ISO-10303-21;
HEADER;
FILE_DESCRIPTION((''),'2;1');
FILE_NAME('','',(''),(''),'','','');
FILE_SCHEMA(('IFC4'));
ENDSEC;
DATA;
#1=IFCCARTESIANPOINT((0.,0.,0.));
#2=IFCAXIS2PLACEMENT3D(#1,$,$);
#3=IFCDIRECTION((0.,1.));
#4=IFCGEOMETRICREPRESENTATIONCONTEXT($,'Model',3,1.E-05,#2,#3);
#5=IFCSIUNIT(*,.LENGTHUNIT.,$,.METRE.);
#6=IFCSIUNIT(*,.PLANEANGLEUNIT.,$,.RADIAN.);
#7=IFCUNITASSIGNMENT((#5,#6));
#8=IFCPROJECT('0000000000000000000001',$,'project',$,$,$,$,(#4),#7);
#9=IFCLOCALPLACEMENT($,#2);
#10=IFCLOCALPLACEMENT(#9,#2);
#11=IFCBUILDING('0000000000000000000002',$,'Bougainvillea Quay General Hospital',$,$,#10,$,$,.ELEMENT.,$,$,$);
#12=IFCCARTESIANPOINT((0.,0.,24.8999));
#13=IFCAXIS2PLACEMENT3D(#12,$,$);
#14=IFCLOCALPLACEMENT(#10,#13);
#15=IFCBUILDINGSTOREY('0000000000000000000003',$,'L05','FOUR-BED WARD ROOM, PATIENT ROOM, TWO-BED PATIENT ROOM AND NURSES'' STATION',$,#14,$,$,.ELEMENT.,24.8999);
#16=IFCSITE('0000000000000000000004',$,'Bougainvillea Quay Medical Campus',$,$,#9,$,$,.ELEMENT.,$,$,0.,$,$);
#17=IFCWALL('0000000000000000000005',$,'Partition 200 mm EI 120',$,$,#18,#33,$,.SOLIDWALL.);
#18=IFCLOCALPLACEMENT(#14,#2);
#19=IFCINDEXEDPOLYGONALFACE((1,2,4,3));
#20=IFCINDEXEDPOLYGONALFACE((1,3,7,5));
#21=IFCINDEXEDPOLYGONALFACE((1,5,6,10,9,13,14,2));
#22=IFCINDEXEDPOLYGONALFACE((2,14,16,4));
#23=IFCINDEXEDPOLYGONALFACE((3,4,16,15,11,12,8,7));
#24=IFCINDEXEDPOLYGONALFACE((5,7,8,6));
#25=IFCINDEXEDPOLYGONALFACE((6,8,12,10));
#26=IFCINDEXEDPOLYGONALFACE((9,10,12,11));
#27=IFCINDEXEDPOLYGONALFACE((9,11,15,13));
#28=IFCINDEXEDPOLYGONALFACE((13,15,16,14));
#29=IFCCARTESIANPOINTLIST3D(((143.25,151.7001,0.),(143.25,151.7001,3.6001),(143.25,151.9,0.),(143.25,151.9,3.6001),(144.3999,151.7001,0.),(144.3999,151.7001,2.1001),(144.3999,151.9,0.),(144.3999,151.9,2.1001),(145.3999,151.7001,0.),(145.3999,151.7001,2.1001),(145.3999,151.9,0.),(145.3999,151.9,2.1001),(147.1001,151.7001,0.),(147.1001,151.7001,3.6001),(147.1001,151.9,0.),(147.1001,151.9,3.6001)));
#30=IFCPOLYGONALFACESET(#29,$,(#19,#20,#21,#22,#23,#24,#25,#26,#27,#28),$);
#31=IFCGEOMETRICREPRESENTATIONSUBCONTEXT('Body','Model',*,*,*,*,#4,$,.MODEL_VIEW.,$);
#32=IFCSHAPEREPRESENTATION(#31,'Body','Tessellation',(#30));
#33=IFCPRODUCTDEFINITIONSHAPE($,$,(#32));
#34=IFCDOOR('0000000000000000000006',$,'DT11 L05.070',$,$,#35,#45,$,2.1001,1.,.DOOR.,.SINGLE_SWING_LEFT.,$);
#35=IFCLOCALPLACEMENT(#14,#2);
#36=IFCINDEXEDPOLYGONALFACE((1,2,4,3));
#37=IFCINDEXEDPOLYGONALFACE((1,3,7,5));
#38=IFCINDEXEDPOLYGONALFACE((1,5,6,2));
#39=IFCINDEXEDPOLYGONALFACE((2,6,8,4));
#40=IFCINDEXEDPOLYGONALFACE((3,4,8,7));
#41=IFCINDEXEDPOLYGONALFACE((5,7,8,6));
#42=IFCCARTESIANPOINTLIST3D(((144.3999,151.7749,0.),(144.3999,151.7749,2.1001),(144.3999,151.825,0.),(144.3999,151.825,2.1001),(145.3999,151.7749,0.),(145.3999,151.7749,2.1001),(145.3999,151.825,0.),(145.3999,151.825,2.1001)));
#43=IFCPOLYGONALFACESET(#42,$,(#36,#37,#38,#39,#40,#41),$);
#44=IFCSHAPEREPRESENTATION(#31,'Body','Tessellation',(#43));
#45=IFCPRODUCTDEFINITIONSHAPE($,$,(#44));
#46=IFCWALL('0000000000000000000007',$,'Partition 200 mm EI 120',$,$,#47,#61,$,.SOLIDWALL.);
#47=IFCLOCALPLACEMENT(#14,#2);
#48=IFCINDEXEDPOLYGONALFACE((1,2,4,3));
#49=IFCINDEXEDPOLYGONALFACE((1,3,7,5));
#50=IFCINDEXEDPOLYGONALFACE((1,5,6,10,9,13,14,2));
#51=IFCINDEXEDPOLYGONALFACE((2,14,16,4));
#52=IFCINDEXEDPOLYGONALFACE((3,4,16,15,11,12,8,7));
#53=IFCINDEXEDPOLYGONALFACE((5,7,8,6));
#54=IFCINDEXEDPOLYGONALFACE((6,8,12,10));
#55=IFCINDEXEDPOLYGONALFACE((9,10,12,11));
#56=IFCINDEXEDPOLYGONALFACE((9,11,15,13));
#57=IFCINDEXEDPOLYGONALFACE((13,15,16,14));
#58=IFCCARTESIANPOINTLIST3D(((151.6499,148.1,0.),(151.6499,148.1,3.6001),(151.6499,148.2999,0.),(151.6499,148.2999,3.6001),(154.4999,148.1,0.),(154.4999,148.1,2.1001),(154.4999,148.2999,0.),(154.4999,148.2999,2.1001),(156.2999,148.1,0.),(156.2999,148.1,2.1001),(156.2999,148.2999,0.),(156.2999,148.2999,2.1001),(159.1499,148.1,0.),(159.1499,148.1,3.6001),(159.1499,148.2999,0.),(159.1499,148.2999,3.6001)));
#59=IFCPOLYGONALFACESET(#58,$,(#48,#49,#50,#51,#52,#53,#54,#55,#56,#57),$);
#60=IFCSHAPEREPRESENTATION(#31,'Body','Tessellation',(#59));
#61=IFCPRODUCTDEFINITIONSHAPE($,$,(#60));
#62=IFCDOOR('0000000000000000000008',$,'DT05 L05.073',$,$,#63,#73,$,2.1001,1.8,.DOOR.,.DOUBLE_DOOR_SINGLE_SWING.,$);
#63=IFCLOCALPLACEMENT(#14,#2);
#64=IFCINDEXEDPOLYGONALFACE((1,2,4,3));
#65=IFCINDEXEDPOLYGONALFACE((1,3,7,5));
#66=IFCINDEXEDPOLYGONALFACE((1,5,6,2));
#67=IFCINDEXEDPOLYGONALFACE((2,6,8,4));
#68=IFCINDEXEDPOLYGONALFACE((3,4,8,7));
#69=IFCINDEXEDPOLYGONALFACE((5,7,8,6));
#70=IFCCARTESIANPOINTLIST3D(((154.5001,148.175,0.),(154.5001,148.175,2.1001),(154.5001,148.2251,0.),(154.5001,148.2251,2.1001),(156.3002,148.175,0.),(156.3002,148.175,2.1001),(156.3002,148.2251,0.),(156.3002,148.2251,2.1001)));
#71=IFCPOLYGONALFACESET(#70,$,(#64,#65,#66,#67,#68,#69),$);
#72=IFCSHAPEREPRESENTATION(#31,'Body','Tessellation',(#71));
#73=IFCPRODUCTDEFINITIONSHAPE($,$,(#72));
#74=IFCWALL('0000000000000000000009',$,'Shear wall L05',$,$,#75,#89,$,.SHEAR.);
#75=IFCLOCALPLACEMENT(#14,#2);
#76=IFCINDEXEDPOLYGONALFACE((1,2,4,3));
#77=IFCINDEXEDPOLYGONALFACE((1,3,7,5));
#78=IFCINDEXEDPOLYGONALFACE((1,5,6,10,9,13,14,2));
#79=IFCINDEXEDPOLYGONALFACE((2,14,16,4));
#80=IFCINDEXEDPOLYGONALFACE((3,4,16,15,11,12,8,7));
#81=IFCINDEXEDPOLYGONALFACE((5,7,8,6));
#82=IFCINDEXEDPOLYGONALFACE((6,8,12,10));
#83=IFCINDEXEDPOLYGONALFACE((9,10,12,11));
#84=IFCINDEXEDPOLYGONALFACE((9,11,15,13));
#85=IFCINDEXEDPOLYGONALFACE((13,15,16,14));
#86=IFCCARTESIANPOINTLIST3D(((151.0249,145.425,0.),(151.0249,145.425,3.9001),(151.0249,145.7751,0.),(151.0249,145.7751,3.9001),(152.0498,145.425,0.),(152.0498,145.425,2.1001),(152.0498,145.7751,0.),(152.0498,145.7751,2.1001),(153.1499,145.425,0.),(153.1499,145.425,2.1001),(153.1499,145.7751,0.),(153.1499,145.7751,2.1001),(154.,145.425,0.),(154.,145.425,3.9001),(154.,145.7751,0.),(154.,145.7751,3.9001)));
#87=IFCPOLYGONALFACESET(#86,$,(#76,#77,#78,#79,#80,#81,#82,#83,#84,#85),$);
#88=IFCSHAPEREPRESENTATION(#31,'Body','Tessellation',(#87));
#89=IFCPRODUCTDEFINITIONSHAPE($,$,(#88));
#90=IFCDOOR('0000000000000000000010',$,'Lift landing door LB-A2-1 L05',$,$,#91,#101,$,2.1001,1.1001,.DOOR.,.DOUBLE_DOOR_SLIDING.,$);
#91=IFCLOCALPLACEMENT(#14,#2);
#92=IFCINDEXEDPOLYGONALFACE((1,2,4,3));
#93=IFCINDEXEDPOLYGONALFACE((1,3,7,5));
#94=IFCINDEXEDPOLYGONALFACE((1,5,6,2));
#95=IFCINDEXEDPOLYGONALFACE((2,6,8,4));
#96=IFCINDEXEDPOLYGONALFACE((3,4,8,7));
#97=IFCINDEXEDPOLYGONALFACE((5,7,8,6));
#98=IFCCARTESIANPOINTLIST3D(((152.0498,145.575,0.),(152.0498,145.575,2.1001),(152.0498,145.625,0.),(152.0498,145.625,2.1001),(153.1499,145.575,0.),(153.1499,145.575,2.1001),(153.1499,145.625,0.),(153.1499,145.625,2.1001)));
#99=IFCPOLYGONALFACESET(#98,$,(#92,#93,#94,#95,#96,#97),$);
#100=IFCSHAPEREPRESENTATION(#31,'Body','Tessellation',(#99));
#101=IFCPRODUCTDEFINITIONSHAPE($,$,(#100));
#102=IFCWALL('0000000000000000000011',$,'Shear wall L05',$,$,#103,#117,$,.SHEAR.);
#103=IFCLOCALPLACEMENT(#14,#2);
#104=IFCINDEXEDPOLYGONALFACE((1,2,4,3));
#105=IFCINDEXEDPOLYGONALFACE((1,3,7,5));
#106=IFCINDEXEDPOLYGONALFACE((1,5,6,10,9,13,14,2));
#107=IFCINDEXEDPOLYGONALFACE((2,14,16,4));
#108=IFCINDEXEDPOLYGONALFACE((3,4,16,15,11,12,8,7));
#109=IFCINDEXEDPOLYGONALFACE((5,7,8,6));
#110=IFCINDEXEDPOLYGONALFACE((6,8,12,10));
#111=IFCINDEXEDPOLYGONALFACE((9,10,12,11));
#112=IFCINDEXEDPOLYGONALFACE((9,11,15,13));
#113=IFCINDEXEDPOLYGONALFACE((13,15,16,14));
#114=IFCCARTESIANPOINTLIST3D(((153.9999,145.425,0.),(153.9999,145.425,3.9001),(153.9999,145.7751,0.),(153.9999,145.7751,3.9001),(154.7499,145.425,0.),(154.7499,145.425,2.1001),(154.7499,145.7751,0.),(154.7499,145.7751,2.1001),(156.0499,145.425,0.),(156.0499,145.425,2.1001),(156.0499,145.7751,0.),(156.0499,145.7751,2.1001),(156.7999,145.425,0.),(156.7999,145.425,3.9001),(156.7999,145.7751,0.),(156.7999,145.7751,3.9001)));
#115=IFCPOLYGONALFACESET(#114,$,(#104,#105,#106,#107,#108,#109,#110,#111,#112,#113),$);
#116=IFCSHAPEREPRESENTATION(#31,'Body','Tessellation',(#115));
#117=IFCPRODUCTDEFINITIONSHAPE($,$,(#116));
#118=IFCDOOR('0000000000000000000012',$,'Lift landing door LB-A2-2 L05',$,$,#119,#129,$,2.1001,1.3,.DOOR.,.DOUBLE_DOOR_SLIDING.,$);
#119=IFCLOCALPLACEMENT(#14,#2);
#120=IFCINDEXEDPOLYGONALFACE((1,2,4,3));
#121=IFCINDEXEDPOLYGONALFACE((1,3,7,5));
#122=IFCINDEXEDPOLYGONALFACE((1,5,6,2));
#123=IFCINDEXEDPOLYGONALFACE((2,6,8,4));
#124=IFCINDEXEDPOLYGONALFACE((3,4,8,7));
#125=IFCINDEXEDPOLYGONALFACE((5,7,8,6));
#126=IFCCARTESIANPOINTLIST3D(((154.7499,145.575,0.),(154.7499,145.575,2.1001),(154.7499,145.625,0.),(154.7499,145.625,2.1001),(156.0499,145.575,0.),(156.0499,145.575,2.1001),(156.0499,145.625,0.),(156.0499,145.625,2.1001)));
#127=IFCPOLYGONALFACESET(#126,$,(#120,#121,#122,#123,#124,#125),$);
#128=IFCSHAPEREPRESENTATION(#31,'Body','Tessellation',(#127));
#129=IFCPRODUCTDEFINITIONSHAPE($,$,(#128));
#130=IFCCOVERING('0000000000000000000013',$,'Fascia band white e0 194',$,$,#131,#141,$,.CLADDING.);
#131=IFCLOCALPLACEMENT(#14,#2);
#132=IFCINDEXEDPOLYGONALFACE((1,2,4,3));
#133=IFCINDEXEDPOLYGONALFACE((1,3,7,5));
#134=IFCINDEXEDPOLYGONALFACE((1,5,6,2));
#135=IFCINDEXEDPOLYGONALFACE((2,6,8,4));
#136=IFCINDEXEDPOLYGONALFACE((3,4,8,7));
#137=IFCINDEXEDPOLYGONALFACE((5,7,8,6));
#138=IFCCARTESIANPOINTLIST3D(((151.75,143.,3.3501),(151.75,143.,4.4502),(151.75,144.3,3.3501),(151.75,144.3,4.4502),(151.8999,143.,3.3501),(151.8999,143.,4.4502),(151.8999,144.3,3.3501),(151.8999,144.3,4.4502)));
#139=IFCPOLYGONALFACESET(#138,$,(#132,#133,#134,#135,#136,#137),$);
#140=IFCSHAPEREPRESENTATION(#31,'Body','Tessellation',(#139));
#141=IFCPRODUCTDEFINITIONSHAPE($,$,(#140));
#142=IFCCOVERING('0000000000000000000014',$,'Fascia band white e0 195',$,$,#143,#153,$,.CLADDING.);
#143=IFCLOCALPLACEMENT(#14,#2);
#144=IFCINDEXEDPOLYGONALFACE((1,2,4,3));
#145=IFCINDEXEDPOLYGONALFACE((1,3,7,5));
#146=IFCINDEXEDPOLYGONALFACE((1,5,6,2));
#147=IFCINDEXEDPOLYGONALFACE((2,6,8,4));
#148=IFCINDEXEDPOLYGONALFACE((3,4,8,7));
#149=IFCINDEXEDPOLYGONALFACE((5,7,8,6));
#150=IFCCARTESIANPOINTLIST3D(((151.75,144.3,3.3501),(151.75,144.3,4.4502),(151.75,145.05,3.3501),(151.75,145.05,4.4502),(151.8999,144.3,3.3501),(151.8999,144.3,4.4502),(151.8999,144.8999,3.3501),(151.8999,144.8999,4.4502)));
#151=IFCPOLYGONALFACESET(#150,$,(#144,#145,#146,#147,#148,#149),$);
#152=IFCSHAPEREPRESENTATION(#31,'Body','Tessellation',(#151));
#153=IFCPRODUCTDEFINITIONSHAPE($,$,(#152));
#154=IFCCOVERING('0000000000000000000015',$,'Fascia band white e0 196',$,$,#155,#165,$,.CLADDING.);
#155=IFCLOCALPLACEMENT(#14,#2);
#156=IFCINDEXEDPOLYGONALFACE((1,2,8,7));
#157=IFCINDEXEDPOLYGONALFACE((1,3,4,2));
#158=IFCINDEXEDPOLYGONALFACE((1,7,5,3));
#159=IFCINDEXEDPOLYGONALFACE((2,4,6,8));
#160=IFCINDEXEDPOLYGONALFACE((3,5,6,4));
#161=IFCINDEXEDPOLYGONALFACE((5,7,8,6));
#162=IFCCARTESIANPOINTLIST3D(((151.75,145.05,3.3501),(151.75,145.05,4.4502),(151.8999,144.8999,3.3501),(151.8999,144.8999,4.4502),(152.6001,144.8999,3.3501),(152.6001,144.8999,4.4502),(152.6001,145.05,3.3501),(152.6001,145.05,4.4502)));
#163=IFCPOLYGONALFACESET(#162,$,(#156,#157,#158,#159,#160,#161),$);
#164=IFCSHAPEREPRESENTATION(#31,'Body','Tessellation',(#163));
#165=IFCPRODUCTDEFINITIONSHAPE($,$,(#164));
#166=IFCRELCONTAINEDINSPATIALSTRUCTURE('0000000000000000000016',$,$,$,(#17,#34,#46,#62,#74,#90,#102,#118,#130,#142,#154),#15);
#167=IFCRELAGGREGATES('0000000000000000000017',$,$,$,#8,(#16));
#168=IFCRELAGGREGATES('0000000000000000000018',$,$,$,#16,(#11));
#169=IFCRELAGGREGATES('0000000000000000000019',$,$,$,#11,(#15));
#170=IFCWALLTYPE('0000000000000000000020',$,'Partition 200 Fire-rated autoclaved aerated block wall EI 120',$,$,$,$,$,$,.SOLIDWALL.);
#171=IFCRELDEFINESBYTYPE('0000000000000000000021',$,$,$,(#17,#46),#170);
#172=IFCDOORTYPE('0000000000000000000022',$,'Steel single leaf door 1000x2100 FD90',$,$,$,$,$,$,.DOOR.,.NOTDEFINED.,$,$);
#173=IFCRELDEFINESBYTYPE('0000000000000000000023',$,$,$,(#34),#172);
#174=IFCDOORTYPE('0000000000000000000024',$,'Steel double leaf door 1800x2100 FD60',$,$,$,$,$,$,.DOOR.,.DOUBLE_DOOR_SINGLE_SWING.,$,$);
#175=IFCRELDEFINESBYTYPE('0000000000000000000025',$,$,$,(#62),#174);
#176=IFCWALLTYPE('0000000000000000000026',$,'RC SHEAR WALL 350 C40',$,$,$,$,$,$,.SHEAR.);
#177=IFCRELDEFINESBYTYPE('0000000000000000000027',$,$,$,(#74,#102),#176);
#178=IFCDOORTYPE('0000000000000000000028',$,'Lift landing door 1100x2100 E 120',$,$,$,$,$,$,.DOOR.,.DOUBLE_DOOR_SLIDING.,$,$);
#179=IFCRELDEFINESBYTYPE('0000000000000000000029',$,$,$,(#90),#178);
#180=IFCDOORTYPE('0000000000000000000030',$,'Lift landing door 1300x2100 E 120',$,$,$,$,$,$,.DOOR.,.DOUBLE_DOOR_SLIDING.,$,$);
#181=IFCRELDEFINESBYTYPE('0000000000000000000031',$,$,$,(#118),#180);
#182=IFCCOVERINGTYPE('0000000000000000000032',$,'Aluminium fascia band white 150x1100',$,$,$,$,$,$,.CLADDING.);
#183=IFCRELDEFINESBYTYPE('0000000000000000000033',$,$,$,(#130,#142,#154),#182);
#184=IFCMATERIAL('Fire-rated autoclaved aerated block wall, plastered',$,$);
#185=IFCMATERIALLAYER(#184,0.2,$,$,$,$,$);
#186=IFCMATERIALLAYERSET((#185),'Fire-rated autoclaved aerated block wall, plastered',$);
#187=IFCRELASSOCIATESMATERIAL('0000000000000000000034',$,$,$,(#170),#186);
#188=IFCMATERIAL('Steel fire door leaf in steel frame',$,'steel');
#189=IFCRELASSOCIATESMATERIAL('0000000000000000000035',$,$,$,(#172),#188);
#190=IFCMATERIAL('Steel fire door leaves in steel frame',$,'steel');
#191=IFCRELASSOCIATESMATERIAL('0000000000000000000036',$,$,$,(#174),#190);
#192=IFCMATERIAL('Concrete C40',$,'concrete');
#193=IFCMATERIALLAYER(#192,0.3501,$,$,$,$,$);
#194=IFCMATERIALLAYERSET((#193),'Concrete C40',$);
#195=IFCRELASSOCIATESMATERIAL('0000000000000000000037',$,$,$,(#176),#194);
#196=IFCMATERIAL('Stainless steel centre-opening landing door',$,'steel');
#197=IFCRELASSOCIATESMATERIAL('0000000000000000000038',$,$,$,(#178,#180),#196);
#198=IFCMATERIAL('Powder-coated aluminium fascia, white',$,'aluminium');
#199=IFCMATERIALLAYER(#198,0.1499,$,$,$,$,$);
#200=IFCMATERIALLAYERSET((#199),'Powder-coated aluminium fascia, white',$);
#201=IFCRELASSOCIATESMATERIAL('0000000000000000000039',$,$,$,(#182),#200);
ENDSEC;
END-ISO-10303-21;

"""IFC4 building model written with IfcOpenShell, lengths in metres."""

from ifc_helpers import new_model, si_unit, direction, frame, frame_2d, origin, place, context, subcontext, project, spatial, polyline, rectangle, outline, extrude, material, layer, layer_set, type_object, element, fill, save


model = new_model("IFC4")

# Units and contexts
model_context = context("Model", 3, precision=1e-05, world=origin(), true_north=direction((0.0, 1.0)))
body_context = subcontext(model_context, "Body", "Model", "MODEL_VIEW")
ifc_project = project(units=[si_unit("LENGTHUNIT", "METRE"), si_unit("PLANEANGLEUNIT", "RADIAN")], contexts=[model_context])

# Site, building, storey
site_placement = place(None, origin())
site = spatial("IfcSite", under=ifc_project, at=site_placement, Name="Bougainvillea Quay Medical Campus", CompositionType="ELEMENT", RefElevation=0.0)
building_placement = place(site_placement, origin())
building = spatial("IfcBuilding", under=site, at=building_placement, Name="Bougainvillea Quay General Hospital", CompositionType="ELEMENT")
storey_placement = place(building_placement, frame((0.0, 0.0, 24.8999)))
storey = spatial("IfcBuildingStorey", under=building, at=storey_placement, Name="L05", Description="FOUR-BED WARD ROOM, PATIENT ROOM, TWO-BED PATIENT ROOM AND NURSES' STATION", CompositionType="ELEMENT", Elevation=24.8999)

# Shared definitions
ifc_material_1 = material(Name="Concrete C40", Category="concrete")

# Shared definitions
ifc_material_2 = material(Name="Fire-rated autoclaved aerated block wall, plastered")
ifc_layer_1 = layer(ifc_material_2, 0.2)
ifc_layer_set_1 = layer_set([ifc_layer_1], Name="Fire-rated autoclaved aerated block wall, plastered")
wall_type_1 = type_object("IfcWallType", Name="Partition 200 Fire-rated autoclaved aerated block wall EI 120", PredefinedType="SOLIDWALL", material=ifc_layer_set_1)
ifc_material_3 = material(Name="Steel fire door leaves in steel frame", Category="steel")

# Walls, openings, doors
wall_1_placement = place(storey_placement, frame((143.25, 151.8, 0.0), z_axis=(0.0, 0.0, 1.0), x_axis=(1.0, 0.0, 0.0)))
wall_1 = element("IfcWall", 1, at=wall_1_placement, inside=storey, type_object=wall_type_1, Name="Partition 200 mm EI 120", PredefinedType="SOLIDWALL", context=body_context, shape_type="SweptSolid", body=[
    extrude(rectangle(XDim=3.8501, YDim=0.2, at=frame_2d((1.925, 0.0))), origin(), (0.0, 0.0, 1.0), 3.6001),
])
opening_1_placement = place(wall_1_placement, frame((1.1499, 0.0, 0.0)))
opening_1 = element("IfcOpeningElement", 2, at=opening_1_placement, cuts=wall_1, PredefinedType="OPENING", context=body_context, shape_type="SweptSolid", body=[
    extrude(rectangle(XDim=1.0, YDim=2.1001, at=frame_2d((0.5, 1.05))), frame((0.0, 0.1099, 0.0), z_axis=(0.0, -1.0, 0.0), x_axis=(1.0, 0.0, 0.0)), (0.0, 0.0, 1.0), 0.22),
])
ifc_material_4 = material(Name="Steel fire door leaf in steel frame", Category="steel")
door_type_1 = type_object("IfcDoorType", Name="Steel single leaf door 1000x2100 FD90", OperationType="NOTDEFINED", PredefinedType="DOOR", material=ifc_material_4)
door_1_placement = place(opening_1_placement, origin())
door_1 = element("IfcDoor", 3, at=door_1_placement, inside=storey, type_object=door_type_1, Name="DT11 L05.070", OperationType="SINGLE_SWING_LEFT", OverallHeight=2.1001, OverallWidth=1.0, PredefinedType="DOOR", context=body_context, shape_type="SweptSolid", body=[
    extrude(rectangle(XDim=1.0, YDim=2.1001, at=frame_2d((0.5, 1.05))), frame((0.0, 0.0249, 0.0), z_axis=(0.0, -1.0, 0.0), x_axis=(1.0, 0.0, 0.0)), (0.0, 0.0, 1.0), 0.05),
])
fill(opening_1, door_1)
wall_2_placement = place(storey_placement, frame((151.6499, 148.2, 0.0), z_axis=(0.0, 0.0, 1.0), x_axis=(1.0, 0.0, 0.0)))
wall_2 = element("IfcWall", 4, at=wall_2_placement, inside=storey, type_object=wall_type_1, Name="Partition 200 mm EI 120", PredefinedType="SOLIDWALL", context=body_context, shape_type="SweptSolid", body=[
    extrude(rectangle(XDim=7.5, YDim=0.2, at=frame_2d((3.75, 0.0))), origin(), (0.0, 0.0, 1.0), 3.6001),
])
opening_2_placement = place(wall_2_placement, frame((2.8501, 0.0, 0.0)))
opening_2 = element("IfcOpeningElement", 5, at=opening_2_placement, cuts=wall_2, PredefinedType="OPENING", context=body_context, shape_type="SweptSolid", body=[
    extrude(rectangle(XDim=1.8, YDim=2.1001, at=frame_2d((0.8999, 1.05))), frame((0.0, 0.1099, 0.0), z_axis=(0.0, -1.0, 0.0), x_axis=(1.0, 0.0, 0.0)), (0.0, 0.0, 1.0), 0.22),
])
door_type_2 = type_object("IfcDoorType", Name="Steel double leaf door 1800x2100 FD60", OperationType="DOUBLE_DOOR_SINGLE_SWING", PredefinedType="DOOR", material=ifc_material_3)
door_2_placement = place(opening_2_placement, frame((1.8, 0.0, 0.0), z_axis=(0.0, 0.0, 1.0), x_axis=(-1.0, 0.0, 0.0)))
door_2 = element("IfcDoor", 6, at=door_2_placement, inside=storey, type_object=door_type_2, Name="DT05 L05.073", OperationType="DOUBLE_DOOR_SINGLE_SWING", OverallHeight=2.1001, OverallWidth=1.8, PredefinedType="DOOR", context=body_context, shape_type="SweptSolid", body=[
    extrude(rectangle(XDim=1.8, YDim=2.1001, at=frame_2d((0.8999, 1.05))), frame((0.0, 0.0249, 0.0), z_axis=(0.0, -1.0, 0.0), x_axis=(1.0, 0.0, 0.0)), (0.0, 0.0, 1.0), 0.05),
])
fill(opening_2, door_2)
ifc_layer_2 = layer(ifc_material_1, 0.3501)
ifc_layer_set_2 = layer_set([ifc_layer_2], Name="Concrete C40")
wall_type_2 = type_object("IfcWallType", Name="RC SHEAR WALL 350 C40", PredefinedType="SHEAR", material=ifc_layer_set_2)
wall_3_placement = place(storey_placement, frame((151.0249, 145.6001, 0.0), z_axis=(0.0, 0.0, 1.0), x_axis=(1.0, 0.0, 0.0)))
wall_3 = element("IfcWall", 7, at=wall_3_placement, inside=storey, type_object=wall_type_2, Name="Shear wall L05", PredefinedType="SHEAR", context=body_context, shape_type="SweptSolid", body=[
    extrude(rectangle(XDim=2.9751, YDim=0.3501, at=frame_2d((1.4875, 0.0))), origin(), (0.0, 0.0, 1.0), 3.9001),
])
opening_3_placement = place(wall_3_placement, frame((1.0249, 0.0, 0.0)))
opening_3 = element("IfcOpeningElement", 8, at=opening_3_placement, cuts=wall_3, PredefinedType="OPENING", context=body_context, shape_type="SweptSolid", body=[
    extrude(rectangle(XDim=1.1001, YDim=2.1001, at=frame_2d((0.55, 1.05))), frame((0.0, 0.1851, 0.0), z_axis=(0.0, -1.0, 0.0), x_axis=(1.0, 0.0, 0.0)), (0.0, 0.0, 1.0), 0.3701),
])
ifc_material_5 = material(Name="Stainless steel centre-opening landing door", Category="steel")
door_type_3 = type_object("IfcDoorType", Name="Lift landing door 1100x2100 E 120", OperationType="DOUBLE_DOOR_SLIDING", PredefinedType="DOOR", material=ifc_material_5)
door_3_placement = place(opening_3_placement, origin())
door_3 = element("IfcDoor", 9, at=door_3_placement, inside=storey, type_object=door_type_3, Name="Lift landing door LB-A2-1 L05", OperationType="DOUBLE_DOOR_SLIDING", OverallHeight=2.1001, OverallWidth=1.1001, PredefinedType="DOOR", context=body_context, shape_type="SweptSolid", body=[
    extrude(rectangle(XDim=1.1001, YDim=2.1001, at=frame_2d((0.55, 1.05))), frame((0.0, 0.0249, 0.0), z_axis=(0.0, -1.0, 0.0), x_axis=(1.0, 0.0, 0.0)), (0.0, 0.0, 1.0), 0.05),
])
fill(opening_3, door_3)
wall_4_placement = place(storey_placement, frame((154.0, 145.6001, 0.0), z_axis=(0.0, 0.0, 1.0), x_axis=(1.0, 0.0, 0.0)))
wall_4 = element("IfcWall", 10, at=wall_4_placement, inside=storey, type_object=wall_type_2, Name="Shear wall L05", PredefinedType="SHEAR", context=body_context, shape_type="SweptSolid", body=[
    extrude(rectangle(XDim=2.8, YDim=0.3501, at=frame_2d((1.3999, 0.0))), origin(), (0.0, 0.0, 1.0), 3.9001),
])
opening_4_placement = place(wall_4_placement, frame((0.75, 0.0, 0.0)))
opening_4 = element("IfcOpeningElement", 11, at=opening_4_placement, cuts=wall_4, PredefinedType="OPENING", context=body_context, shape_type="SweptSolid", body=[
    extrude(rectangle(XDim=1.3, YDim=2.1001, at=frame_2d((0.6499, 1.05))), frame((0.0, 0.1851, 0.0), z_axis=(0.0, -1.0, 0.0), x_axis=(1.0, 0.0, 0.0)), (0.0, 0.0, 1.0), 0.3701),
])
door_type_4 = type_object("IfcDoorType", Name="Lift landing door 1300x2100 E 120", OperationType="DOUBLE_DOOR_SLIDING", PredefinedType="DOOR", material=ifc_material_5)
door_4_placement = place(opening_4_placement, origin())
door_4 = element("IfcDoor", 12, at=door_4_placement, inside=storey, type_object=door_type_4, Name="Lift landing door LB-A2-2 L05", OperationType="DOUBLE_DOOR_SLIDING", OverallHeight=2.1001, OverallWidth=1.3, PredefinedType="DOOR", context=body_context, shape_type="SweptSolid", body=[
    extrude(rectangle(XDim=1.3, YDim=2.1001, at=frame_2d((0.6499, 1.05))), frame((0.0, 0.0249, 0.0), z_axis=(0.0, -1.0, 0.0), x_axis=(1.0, 0.0, 0.0)), (0.0, 0.0, 1.0), 0.05),
])
fill(opening_4, door_4)

# Coverings
ifc_material_6 = material(Name="Powder-coated aluminium fascia, white", Category="aluminium")
ifc_layer_3 = layer(ifc_material_6, 0.1499)
ifc_layer_set_3 = layer_set([ifc_layer_3], Name="Powder-coated aluminium fascia, white")
covering_type = type_object("IfcCoveringType", Name="Aluminium fascia band white 150x1100", PredefinedType="CLADDING", material=ifc_layer_set_3)
covering_1_placement = place(storey_placement, frame((151.75, 143.0, 3.3501), z_axis=(0.0, 0.0, 1.0), x_axis=(0.0, 1.0, 0.0)))
element("IfcCovering", 13, at=covering_1_placement, inside=storey, type_object=covering_type, Name="Fascia band white e0 194", PredefinedType="CLADDING", context=body_context, shape_type="SweptSolid", body=[
    extrude(outline(polyline([(0.0, 0.0), (1.3, 0.0), (1.3, -0.1499), (0.0, -0.1499), (0.0, 0.0)])), origin(), (0.0, 0.0, 1.0), 1.1001),
])
covering_2_placement = place(storey_placement, frame((151.75, 144.3, 3.3501), z_axis=(0.0, 0.0, 1.0), x_axis=(0.0, 1.0, 0.0)))
element("IfcCovering", 14, at=covering_2_placement, inside=storey, type_object=covering_type, Name="Fascia band white e0 195", PredefinedType="CLADDING", context=body_context, shape_type="SweptSolid", body=[
    extrude(outline(polyline([(0.0, 0.0), (0.75, 0.0), (0.5999, -0.1499), (0.0, -0.1499), (0.0, 0.0)])), origin(), (0.0, 0.0, 1.0), 1.1001),
])
covering_3_placement = place(storey_placement, frame((151.75, 145.05, 3.3501), z_axis=(0.0, 0.0, 1.0), x_axis=(1.0, 0.0, 0.0)))
element("IfcCovering", 15, at=covering_3_placement, inside=storey, type_object=covering_type, Name="Fascia band white e0 196", PredefinedType="CLADDING", context=body_context, shape_type="SweptSolid", body=[
    extrude(outline(polyline([(0.0, 0.0), (0.8501, 0.0), (0.8501, -0.1501), (0.1499, -0.1501), (0.0, 0.0)])), origin(), (0.0, 0.0, 1.0), 1.1001),
])

save(model, "model.ifc")
